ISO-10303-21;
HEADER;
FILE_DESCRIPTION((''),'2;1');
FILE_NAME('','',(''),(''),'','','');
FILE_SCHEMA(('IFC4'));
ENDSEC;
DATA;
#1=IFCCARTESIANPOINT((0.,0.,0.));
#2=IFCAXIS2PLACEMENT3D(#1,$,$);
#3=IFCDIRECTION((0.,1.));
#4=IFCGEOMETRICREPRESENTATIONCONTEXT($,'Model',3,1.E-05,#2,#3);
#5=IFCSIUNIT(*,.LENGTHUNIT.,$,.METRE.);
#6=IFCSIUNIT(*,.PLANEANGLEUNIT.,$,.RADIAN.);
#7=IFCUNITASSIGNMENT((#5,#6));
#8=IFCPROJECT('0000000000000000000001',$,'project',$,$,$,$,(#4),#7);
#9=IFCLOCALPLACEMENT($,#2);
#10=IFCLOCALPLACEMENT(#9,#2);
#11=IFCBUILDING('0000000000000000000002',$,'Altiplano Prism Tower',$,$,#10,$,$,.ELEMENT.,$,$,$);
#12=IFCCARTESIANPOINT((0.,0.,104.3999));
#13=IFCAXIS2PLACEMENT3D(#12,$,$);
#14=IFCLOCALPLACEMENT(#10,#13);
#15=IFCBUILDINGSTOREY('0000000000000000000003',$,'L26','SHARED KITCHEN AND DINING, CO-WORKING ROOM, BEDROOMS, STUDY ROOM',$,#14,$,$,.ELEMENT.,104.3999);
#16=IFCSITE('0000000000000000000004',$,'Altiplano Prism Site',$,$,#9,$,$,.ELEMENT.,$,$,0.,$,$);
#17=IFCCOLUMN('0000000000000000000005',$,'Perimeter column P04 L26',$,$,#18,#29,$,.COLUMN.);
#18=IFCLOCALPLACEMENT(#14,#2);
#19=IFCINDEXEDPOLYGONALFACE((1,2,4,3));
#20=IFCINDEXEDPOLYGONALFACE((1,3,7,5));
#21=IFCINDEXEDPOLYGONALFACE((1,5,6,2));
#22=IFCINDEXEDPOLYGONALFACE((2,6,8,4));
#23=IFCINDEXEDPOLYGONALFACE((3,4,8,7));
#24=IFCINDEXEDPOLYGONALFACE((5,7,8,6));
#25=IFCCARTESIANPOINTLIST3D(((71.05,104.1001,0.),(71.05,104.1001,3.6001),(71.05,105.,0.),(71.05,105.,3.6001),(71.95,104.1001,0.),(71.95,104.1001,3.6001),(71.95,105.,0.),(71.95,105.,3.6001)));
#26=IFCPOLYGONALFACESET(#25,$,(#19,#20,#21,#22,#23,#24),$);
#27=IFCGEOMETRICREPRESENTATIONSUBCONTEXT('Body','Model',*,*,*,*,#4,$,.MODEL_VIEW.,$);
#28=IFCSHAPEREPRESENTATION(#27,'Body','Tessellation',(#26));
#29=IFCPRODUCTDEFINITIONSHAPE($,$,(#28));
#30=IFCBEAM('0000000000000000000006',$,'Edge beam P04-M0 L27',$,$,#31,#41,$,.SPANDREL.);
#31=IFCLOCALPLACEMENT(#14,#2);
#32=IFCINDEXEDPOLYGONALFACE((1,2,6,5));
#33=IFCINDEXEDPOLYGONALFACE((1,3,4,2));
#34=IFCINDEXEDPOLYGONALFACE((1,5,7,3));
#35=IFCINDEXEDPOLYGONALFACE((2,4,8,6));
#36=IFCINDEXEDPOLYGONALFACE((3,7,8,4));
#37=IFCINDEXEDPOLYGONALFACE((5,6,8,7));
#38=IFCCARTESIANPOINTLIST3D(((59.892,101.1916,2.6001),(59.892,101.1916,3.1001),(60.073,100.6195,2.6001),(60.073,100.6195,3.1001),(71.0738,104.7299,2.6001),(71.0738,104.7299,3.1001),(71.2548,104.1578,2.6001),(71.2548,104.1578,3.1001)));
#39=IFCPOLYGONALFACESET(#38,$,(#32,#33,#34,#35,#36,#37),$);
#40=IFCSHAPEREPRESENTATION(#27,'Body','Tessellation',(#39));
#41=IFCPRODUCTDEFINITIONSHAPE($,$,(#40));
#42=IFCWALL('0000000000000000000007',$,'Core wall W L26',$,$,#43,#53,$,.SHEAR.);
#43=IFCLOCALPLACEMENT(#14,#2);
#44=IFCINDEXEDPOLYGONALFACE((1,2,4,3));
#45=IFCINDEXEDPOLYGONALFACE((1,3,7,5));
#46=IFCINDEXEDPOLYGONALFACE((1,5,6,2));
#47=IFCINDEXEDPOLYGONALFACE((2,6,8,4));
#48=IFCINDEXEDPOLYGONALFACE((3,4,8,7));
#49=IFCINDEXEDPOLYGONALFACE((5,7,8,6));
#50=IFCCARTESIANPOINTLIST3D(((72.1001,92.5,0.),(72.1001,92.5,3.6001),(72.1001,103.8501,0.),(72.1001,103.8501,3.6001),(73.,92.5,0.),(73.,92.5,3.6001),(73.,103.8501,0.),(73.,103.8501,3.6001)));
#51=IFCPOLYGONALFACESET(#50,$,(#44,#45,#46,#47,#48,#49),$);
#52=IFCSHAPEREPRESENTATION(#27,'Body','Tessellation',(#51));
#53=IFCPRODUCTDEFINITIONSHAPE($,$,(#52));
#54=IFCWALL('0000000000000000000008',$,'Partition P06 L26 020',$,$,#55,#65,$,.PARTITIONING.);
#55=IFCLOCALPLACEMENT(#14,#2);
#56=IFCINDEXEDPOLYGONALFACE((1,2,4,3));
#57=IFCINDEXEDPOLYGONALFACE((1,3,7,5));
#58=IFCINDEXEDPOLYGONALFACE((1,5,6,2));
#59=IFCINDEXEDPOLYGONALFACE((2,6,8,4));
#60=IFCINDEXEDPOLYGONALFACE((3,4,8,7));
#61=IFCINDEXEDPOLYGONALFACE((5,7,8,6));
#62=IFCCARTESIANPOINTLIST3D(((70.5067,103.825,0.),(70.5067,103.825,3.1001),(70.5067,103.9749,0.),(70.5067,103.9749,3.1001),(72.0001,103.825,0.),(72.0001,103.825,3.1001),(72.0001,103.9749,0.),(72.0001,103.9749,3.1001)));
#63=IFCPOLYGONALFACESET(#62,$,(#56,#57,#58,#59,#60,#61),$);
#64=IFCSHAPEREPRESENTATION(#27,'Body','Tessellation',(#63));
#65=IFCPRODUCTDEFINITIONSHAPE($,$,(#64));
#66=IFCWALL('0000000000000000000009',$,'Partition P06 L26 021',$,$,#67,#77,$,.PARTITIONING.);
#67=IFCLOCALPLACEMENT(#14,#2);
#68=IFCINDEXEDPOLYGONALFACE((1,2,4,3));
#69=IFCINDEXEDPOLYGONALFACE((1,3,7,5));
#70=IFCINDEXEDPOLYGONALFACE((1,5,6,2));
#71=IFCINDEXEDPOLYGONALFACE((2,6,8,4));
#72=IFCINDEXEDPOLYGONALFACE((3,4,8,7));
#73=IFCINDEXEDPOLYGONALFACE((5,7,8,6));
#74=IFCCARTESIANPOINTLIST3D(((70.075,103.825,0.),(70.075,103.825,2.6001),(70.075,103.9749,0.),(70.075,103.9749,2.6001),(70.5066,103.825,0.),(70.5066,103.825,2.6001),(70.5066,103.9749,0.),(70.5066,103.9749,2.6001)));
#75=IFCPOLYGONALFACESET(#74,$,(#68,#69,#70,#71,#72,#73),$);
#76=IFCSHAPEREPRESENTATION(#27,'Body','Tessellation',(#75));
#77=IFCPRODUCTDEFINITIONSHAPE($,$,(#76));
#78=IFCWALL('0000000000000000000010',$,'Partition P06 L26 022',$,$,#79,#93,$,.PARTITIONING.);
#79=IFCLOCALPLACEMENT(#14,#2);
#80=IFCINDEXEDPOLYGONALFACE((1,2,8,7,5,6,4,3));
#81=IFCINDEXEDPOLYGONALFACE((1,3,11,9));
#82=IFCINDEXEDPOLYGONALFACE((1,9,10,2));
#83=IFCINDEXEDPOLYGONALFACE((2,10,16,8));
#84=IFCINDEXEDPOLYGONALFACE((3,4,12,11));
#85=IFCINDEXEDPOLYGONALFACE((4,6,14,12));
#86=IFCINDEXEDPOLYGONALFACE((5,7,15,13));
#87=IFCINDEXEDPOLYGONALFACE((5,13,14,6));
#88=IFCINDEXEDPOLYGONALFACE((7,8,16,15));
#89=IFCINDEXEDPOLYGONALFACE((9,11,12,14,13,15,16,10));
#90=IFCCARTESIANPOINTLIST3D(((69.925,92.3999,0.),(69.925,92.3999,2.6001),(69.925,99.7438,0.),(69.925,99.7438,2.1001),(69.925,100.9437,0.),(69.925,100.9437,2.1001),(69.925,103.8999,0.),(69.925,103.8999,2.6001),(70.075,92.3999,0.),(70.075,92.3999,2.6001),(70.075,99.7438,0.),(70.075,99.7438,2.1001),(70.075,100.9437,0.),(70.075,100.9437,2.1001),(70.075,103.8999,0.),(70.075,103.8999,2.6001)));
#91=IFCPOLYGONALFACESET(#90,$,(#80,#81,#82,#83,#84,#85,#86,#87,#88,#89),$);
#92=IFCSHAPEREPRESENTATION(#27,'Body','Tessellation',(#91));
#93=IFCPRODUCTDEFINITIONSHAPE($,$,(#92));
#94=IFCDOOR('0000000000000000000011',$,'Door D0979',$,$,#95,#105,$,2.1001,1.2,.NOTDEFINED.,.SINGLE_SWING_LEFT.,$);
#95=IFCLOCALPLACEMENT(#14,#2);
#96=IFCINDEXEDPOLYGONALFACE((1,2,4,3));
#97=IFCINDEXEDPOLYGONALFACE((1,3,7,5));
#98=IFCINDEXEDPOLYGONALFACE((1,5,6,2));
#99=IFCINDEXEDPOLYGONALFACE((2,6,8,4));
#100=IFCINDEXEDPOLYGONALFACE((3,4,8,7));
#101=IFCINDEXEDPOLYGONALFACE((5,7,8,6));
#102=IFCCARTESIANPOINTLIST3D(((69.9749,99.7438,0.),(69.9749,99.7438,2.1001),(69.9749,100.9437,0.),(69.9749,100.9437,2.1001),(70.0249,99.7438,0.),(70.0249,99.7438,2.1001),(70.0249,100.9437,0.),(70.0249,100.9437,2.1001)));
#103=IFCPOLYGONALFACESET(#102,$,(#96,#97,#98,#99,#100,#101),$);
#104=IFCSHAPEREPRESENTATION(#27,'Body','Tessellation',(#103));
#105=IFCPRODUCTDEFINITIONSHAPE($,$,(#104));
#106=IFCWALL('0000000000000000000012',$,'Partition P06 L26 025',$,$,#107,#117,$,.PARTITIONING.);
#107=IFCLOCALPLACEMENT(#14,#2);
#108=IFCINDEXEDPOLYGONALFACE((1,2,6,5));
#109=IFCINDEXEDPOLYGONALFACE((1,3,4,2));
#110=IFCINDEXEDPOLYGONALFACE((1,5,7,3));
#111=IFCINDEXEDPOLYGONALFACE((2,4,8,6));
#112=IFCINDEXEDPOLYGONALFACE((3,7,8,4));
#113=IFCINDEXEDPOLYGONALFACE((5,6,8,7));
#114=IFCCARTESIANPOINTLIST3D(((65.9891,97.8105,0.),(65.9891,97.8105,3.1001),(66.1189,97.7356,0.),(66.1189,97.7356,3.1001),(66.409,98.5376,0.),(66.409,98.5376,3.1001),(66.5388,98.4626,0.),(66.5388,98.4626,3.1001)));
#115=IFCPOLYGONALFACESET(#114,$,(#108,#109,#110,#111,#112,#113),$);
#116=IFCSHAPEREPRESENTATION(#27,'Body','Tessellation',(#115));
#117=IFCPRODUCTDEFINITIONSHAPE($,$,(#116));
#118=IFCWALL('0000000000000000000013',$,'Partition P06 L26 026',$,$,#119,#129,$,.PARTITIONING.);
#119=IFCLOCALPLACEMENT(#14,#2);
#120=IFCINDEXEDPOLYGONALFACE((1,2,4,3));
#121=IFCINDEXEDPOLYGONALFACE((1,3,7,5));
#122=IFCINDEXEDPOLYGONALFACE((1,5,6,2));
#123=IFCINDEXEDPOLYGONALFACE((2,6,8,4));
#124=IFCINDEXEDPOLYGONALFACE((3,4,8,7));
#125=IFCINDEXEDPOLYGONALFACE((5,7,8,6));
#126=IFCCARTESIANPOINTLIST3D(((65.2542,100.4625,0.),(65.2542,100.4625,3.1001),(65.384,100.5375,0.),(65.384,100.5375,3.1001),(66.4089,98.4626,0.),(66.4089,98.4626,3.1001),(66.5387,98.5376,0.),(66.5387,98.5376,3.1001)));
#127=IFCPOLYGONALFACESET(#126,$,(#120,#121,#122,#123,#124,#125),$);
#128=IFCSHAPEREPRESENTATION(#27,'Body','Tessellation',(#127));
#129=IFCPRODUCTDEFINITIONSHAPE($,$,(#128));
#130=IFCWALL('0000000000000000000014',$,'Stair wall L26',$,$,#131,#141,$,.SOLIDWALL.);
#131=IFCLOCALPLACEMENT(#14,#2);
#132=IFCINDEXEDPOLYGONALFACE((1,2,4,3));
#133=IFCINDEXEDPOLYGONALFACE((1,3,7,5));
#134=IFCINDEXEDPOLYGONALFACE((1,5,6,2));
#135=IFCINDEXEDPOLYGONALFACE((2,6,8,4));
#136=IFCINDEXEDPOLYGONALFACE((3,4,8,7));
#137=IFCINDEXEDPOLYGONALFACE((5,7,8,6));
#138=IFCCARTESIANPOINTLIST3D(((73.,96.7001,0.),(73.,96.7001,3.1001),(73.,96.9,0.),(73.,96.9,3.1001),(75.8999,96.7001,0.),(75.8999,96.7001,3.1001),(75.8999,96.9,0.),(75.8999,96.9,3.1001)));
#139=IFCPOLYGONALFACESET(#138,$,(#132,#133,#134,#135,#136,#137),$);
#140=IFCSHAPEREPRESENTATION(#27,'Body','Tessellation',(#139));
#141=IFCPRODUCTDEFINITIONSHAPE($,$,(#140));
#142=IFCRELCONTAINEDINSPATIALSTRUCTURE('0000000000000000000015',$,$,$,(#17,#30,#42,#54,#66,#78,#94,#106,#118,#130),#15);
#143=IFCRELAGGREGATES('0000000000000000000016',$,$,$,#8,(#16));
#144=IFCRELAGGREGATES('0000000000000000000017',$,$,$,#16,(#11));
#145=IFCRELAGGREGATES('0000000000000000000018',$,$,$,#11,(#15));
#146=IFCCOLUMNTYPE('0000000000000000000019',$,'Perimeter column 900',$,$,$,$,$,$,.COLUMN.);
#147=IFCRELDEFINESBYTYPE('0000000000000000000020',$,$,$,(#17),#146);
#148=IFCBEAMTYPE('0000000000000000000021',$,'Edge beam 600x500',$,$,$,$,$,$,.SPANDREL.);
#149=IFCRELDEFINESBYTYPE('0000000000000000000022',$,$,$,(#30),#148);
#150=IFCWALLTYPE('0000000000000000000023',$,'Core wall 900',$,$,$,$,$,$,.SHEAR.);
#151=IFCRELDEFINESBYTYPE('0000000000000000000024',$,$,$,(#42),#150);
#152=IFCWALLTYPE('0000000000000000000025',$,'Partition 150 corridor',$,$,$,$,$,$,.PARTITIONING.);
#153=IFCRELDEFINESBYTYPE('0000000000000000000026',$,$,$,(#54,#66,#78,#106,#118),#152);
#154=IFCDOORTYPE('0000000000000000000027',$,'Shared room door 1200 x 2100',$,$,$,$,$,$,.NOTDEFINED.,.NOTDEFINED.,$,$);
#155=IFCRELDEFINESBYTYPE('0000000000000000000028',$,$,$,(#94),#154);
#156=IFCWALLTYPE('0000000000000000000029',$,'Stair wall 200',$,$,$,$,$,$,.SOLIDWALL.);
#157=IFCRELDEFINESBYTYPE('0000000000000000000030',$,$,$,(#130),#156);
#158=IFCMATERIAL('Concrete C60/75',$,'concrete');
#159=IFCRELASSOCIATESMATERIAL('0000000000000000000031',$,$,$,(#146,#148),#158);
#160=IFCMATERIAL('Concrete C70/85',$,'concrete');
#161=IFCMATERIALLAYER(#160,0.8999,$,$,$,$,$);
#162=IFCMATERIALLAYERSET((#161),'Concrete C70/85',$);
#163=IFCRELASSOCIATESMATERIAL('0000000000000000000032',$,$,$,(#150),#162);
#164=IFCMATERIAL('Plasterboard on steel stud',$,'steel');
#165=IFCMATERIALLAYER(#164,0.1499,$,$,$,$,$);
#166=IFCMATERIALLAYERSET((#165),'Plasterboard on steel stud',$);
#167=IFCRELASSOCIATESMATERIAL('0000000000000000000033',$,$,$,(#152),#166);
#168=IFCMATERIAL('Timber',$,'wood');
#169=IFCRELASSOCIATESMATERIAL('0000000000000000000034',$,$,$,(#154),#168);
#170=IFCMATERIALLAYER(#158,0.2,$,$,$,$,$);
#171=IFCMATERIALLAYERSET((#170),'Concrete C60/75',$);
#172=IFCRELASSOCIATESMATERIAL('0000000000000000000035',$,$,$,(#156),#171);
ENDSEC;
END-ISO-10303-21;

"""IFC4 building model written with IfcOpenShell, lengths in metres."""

from ifc_helpers import new_model, si_unit, direction, frame, frame_2d, origin, origin_2d, place, context, subcontext, project, spatial, rectangle, extrude, material, layer, layer_set, material_profile, profile_set, type_object, element, fill, save


model = new_model("IFC4")

# Units and contexts
model_context = context("Model", 3, precision=1e-05, world=origin(), true_north=direction((0.0, 1.0)))
body_context = subcontext(model_context, "Body", "Model", "MODEL_VIEW")
ifc_project = project(units=[si_unit("LENGTHUNIT", "METRE"), si_unit("PLANEANGLEUNIT", "RADIAN")], contexts=[model_context])

# Site, building, storey
site_placement = place(None, origin())
site = spatial("IfcSite", under=ifc_project, at=site_placement, Name="Altiplano Prism Site", CompositionType="ELEMENT", RefElevation=0.0)
building_placement = place(site_placement, origin())
building = spatial("IfcBuilding", under=site, at=building_placement, Name="Altiplano Prism Tower", CompositionType="ELEMENT")
storey_placement = place(building_placement, frame((0.0, 0.0, 104.3999)))
storey = spatial("IfcBuildingStorey", under=building, at=storey_placement, Name="L26", Description="SHARED KITCHEN AND DINING, CO-WORKING ROOM, BEDROOMS, STUDY ROOM", CompositionType="ELEMENT", Elevation=104.3999)

# Column
ifc_material_1 = material(Name="Concrete C60/75", Category="concrete")
ifc_material_profile_1 = material_profile(ifc_material_1, rectangle(XDim=0.8999, YDim=0.8999, at=origin_2d()), Name="Perimeter column 900")
ifc_profile_set_1 = profile_set([ifc_material_profile_1], Name="Concrete C60/75")
column_type = type_object("IfcColumnType", Name="Perimeter column 900", PredefinedType="COLUMN", material=ifc_profile_set_1)
column_placement = place(storey_placement, frame((71.5, 104.55, 0.0), z_axis=(0.0, 0.0, 1.0), x_axis=(1.0, 0.0, 0.0)))
element("IfcColumn", 1, at=column_placement, inside=storey, type_object=column_type, Name="Perimeter column P04 L26", PredefinedType="COLUMN", context=body_context, shape_type="SweptSolid", body=[
    extrude(rectangle(XDim=0.8999, YDim=0.8999, at=origin_2d()), origin(), (0.0, 0.0, 1.0), 3.6001),
])

# Beam
ifc_material_profile_2 = material_profile(ifc_material_1, rectangle(XDim=0.6001, YDim=0.5, at=origin_2d()), Name="Edge beam 600x500")
ifc_profile_set_2 = profile_set([ifc_material_profile_2], Name="Concrete C60/75")
beam_type = type_object("IfcBeamType", Name="Edge beam 600x500", PredefinedType="SPANDREL", material=ifc_profile_set_2)
beam_placement = place(storey_placement, frame((71.1643, 104.4438, 2.8501), z_axis=(-0.953406, -0.30169, 0.0), x_axis=(0.30169, -0.953406, 0.0)))
element("IfcBeam", 2, at=beam_placement, inside=storey, type_object=beam_type, Name="Edge beam P04-M0 L27", PredefinedType="SPANDREL", context=body_context, shape_type="SweptSolid", body=[
    extrude(rectangle(XDim=0.6001, YDim=0.5, at=origin_2d()), origin(), (0.0, 0.0, 1.0), 11.7283),
])

# Walls
ifc_material_2 = material(Name="Concrete C70/85", Category="concrete")
ifc_layer_1 = layer(ifc_material_2, 0.8999)
ifc_layer_set_1 = layer_set([ifc_layer_1], Name="Concrete C70/85")
wall_type_1 = type_object("IfcWallType", Name="Core wall 900", PredefinedType="SHEAR", material=ifc_layer_set_1)
wall_1_placement = place(storey_placement, frame((72.55, 103.8501, 0.0), z_axis=(0.0, 0.0, 1.0), x_axis=(0.0, -1.0, 0.0)))
element("IfcWall", 3, at=wall_1_placement, inside=storey, type_object=wall_type_1, Name="Core wall W L26", PredefinedType="SHEAR", context=body_context, shape_type="SweptSolid", body=[
    extrude(rectangle(XDim=11.3501, YDim=0.8999, at=frame_2d((5.675, 0.0))), origin(), (0.0, 0.0, 1.0), 3.6001),
])
ifc_material_3 = material(Name="Plasterboard on steel stud", Category="steel")
ifc_layer_2 = layer(ifc_material_3, 0.1499)
ifc_layer_set_2 = layer_set([ifc_layer_2], Name="Plasterboard on steel stud")
wall_type_2 = type_object("IfcWallType", Name="Partition 150 corridor", PredefinedType="PARTITIONING", material=ifc_layer_set_2)
wall_2_placement = place(storey_placement, frame((72.0, 103.8999, 0.0), z_axis=(0.0, 0.0, 1.0), x_axis=(-1.0, 0.0, 0.0)))
element("IfcWall", 4, at=wall_2_placement, inside=storey, type_object=wall_type_2, Name="Partition P06 L26 020", PredefinedType="PARTITIONING", context=body_context, shape_type="SweptSolid", body=[
    extrude(rectangle(XDim=1.4934, YDim=0.1499, at=frame_2d((0.7466, 0.0))), origin(), (0.0, 0.0, 1.0), 3.1001),
])
wall_3_placement = place(storey_placement, frame((70.5066, 103.8999, 0.0), z_axis=(0.0, 0.0, 1.0), x_axis=(-1.0, 0.0, 0.0)))
element("IfcWall", 5, at=wall_3_placement, inside=storey, type_object=wall_type_2, Name="Partition P06 L26 021", PredefinedType="PARTITIONING", context=body_context, shape_type="SweptSolid", body=[
    extrude(rectangle(XDim=0.4316, YDim=0.1499, at=frame_2d((0.2158, 0.0))), origin(), (0.0, 0.0, 1.0), 2.6001),
])

# Wall, opening, door
wall_4_placement = place(storey_placement, frame((70.0, 103.8999, 0.0), z_axis=(0.0, 0.0, 1.0), x_axis=(0.0, -1.0, 0.0)))
wall_4 = element("IfcWall", 6, at=wall_4_placement, inside=storey, type_object=wall_type_2, Name="Partition P06 L26 022", PredefinedType="PARTITIONING", context=body_context, shape_type="SweptSolid", body=[
    extrude(rectangle(XDim=11.5, YDim=0.1499, at=frame_2d((5.75, 0.0))), origin(), (0.0, 0.0, 1.0), 2.6001),
])
opening_placement = place(wall_4_placement, frame((2.9561, 0.0, 0.0)))
opening = element("IfcOpeningElement", 7, at=opening_placement, cuts=wall_4, PredefinedType="OPENING", context=body_context, shape_type="SweptSolid", body=[
    extrude(rectangle(XDim=1.2, YDim=2.1001, at=frame_2d((0.6001, 1.05))), frame((0.0, 0.0854, 0.0), z_axis=(0.0, -1.0, 0.0), x_axis=(1.0, 0.0, 0.0)), (0.0, 0.0, 1.0), 0.1709),
])
ifc_material_4 = material(Name="Timber", Category="wood")
door_type = type_object("IfcDoorType", Name="Shared room door 1200 x 2100", OperationType="NOTDEFINED", PredefinedType="NOTDEFINED", material=ifc_material_4)
door_placement = place(opening_placement, origin())
door = element("IfcDoor", 8, at=door_placement, inside=storey, type_object=door_type, Name="Door D0979", OperationType="SINGLE_SWING_LEFT", OverallHeight=2.1001, OverallWidth=1.2, PredefinedType="NOTDEFINED", context=body_context, shape_type="SweptSolid", body=[
    extrude(rectangle(XDim=1.2, YDim=2.1001, at=frame_2d((0.6001, 1.05))), frame((0.0, 0.0249, 0.0), z_axis=(0.0, -1.0, 0.0), x_axis=(1.0, 0.0, 0.0)), (0.0, 0.0, 1.0), 0.05),
])
fill(opening, door)

# Walls
wall_5_placement = place(storey_placement, frame((66.054, 97.7729, 0.0), z_axis=(0.0, 0.0, 1.0), x_axis=(0.500142, 0.865943, 0.0)))
element("IfcWall", 9, at=wall_5_placement, inside=storey, type_object=wall_type_2, Name="Partition P06 L26 025", PredefinedType="PARTITIONING", context=body_context, shape_type="SweptSolid", body=[
    extrude(rectangle(XDim=0.8396, YDim=0.1499, at=frame_2d((0.4199, 0.0))), origin(), (0.0, 0.0, 1.0), 3.1001),
])
wall_6_placement = place(storey_placement, frame((66.4739, 98.5, 0.0), z_axis=(0.0, 0.0, 1.0), x_axis=(-0.500027, 0.86601, 0.0)))
element("IfcWall", 10, at=wall_6_placement, inside=storey, type_object=wall_type_2, Name="Partition P06 L26 026", PredefinedType="PARTITIONING", context=body_context, shape_type="SweptSolid", body=[
    extrude(rectangle(XDim=2.3093, YDim=0.1499, at=frame_2d((1.1548, 0.0))), origin(), (0.0, 0.0, 1.0), 3.1001),
])
ifc_layer_3 = layer(ifc_material_1, 0.2)
ifc_layer_set_3 = layer_set([ifc_layer_3], Name="Concrete C60/75")
wall_type_3 = type_object("IfcWallType", Name="Stair wall 200", PredefinedType="SOLIDWALL", material=ifc_layer_set_3)
wall_7_placement = place(storey_placement, frame((73.0, 96.8, 0.0), z_axis=(0.0, 0.0, 1.0), x_axis=(1.0, 0.0, 0.0)))
element("IfcWall", 11, at=wall_7_placement, inside=storey, type_object=wall_type_3, Name="Stair wall L26", PredefinedType="SOLIDWALL", context=body_context, shape_type="SweptSolid", body=[
    extrude(rectangle(XDim=2.8999, YDim=0.2, at=frame_2d((1.45, 0.0))), origin(), (0.0, 0.0, 1.0), 3.1001),
])

save(model, "model.ifc")
